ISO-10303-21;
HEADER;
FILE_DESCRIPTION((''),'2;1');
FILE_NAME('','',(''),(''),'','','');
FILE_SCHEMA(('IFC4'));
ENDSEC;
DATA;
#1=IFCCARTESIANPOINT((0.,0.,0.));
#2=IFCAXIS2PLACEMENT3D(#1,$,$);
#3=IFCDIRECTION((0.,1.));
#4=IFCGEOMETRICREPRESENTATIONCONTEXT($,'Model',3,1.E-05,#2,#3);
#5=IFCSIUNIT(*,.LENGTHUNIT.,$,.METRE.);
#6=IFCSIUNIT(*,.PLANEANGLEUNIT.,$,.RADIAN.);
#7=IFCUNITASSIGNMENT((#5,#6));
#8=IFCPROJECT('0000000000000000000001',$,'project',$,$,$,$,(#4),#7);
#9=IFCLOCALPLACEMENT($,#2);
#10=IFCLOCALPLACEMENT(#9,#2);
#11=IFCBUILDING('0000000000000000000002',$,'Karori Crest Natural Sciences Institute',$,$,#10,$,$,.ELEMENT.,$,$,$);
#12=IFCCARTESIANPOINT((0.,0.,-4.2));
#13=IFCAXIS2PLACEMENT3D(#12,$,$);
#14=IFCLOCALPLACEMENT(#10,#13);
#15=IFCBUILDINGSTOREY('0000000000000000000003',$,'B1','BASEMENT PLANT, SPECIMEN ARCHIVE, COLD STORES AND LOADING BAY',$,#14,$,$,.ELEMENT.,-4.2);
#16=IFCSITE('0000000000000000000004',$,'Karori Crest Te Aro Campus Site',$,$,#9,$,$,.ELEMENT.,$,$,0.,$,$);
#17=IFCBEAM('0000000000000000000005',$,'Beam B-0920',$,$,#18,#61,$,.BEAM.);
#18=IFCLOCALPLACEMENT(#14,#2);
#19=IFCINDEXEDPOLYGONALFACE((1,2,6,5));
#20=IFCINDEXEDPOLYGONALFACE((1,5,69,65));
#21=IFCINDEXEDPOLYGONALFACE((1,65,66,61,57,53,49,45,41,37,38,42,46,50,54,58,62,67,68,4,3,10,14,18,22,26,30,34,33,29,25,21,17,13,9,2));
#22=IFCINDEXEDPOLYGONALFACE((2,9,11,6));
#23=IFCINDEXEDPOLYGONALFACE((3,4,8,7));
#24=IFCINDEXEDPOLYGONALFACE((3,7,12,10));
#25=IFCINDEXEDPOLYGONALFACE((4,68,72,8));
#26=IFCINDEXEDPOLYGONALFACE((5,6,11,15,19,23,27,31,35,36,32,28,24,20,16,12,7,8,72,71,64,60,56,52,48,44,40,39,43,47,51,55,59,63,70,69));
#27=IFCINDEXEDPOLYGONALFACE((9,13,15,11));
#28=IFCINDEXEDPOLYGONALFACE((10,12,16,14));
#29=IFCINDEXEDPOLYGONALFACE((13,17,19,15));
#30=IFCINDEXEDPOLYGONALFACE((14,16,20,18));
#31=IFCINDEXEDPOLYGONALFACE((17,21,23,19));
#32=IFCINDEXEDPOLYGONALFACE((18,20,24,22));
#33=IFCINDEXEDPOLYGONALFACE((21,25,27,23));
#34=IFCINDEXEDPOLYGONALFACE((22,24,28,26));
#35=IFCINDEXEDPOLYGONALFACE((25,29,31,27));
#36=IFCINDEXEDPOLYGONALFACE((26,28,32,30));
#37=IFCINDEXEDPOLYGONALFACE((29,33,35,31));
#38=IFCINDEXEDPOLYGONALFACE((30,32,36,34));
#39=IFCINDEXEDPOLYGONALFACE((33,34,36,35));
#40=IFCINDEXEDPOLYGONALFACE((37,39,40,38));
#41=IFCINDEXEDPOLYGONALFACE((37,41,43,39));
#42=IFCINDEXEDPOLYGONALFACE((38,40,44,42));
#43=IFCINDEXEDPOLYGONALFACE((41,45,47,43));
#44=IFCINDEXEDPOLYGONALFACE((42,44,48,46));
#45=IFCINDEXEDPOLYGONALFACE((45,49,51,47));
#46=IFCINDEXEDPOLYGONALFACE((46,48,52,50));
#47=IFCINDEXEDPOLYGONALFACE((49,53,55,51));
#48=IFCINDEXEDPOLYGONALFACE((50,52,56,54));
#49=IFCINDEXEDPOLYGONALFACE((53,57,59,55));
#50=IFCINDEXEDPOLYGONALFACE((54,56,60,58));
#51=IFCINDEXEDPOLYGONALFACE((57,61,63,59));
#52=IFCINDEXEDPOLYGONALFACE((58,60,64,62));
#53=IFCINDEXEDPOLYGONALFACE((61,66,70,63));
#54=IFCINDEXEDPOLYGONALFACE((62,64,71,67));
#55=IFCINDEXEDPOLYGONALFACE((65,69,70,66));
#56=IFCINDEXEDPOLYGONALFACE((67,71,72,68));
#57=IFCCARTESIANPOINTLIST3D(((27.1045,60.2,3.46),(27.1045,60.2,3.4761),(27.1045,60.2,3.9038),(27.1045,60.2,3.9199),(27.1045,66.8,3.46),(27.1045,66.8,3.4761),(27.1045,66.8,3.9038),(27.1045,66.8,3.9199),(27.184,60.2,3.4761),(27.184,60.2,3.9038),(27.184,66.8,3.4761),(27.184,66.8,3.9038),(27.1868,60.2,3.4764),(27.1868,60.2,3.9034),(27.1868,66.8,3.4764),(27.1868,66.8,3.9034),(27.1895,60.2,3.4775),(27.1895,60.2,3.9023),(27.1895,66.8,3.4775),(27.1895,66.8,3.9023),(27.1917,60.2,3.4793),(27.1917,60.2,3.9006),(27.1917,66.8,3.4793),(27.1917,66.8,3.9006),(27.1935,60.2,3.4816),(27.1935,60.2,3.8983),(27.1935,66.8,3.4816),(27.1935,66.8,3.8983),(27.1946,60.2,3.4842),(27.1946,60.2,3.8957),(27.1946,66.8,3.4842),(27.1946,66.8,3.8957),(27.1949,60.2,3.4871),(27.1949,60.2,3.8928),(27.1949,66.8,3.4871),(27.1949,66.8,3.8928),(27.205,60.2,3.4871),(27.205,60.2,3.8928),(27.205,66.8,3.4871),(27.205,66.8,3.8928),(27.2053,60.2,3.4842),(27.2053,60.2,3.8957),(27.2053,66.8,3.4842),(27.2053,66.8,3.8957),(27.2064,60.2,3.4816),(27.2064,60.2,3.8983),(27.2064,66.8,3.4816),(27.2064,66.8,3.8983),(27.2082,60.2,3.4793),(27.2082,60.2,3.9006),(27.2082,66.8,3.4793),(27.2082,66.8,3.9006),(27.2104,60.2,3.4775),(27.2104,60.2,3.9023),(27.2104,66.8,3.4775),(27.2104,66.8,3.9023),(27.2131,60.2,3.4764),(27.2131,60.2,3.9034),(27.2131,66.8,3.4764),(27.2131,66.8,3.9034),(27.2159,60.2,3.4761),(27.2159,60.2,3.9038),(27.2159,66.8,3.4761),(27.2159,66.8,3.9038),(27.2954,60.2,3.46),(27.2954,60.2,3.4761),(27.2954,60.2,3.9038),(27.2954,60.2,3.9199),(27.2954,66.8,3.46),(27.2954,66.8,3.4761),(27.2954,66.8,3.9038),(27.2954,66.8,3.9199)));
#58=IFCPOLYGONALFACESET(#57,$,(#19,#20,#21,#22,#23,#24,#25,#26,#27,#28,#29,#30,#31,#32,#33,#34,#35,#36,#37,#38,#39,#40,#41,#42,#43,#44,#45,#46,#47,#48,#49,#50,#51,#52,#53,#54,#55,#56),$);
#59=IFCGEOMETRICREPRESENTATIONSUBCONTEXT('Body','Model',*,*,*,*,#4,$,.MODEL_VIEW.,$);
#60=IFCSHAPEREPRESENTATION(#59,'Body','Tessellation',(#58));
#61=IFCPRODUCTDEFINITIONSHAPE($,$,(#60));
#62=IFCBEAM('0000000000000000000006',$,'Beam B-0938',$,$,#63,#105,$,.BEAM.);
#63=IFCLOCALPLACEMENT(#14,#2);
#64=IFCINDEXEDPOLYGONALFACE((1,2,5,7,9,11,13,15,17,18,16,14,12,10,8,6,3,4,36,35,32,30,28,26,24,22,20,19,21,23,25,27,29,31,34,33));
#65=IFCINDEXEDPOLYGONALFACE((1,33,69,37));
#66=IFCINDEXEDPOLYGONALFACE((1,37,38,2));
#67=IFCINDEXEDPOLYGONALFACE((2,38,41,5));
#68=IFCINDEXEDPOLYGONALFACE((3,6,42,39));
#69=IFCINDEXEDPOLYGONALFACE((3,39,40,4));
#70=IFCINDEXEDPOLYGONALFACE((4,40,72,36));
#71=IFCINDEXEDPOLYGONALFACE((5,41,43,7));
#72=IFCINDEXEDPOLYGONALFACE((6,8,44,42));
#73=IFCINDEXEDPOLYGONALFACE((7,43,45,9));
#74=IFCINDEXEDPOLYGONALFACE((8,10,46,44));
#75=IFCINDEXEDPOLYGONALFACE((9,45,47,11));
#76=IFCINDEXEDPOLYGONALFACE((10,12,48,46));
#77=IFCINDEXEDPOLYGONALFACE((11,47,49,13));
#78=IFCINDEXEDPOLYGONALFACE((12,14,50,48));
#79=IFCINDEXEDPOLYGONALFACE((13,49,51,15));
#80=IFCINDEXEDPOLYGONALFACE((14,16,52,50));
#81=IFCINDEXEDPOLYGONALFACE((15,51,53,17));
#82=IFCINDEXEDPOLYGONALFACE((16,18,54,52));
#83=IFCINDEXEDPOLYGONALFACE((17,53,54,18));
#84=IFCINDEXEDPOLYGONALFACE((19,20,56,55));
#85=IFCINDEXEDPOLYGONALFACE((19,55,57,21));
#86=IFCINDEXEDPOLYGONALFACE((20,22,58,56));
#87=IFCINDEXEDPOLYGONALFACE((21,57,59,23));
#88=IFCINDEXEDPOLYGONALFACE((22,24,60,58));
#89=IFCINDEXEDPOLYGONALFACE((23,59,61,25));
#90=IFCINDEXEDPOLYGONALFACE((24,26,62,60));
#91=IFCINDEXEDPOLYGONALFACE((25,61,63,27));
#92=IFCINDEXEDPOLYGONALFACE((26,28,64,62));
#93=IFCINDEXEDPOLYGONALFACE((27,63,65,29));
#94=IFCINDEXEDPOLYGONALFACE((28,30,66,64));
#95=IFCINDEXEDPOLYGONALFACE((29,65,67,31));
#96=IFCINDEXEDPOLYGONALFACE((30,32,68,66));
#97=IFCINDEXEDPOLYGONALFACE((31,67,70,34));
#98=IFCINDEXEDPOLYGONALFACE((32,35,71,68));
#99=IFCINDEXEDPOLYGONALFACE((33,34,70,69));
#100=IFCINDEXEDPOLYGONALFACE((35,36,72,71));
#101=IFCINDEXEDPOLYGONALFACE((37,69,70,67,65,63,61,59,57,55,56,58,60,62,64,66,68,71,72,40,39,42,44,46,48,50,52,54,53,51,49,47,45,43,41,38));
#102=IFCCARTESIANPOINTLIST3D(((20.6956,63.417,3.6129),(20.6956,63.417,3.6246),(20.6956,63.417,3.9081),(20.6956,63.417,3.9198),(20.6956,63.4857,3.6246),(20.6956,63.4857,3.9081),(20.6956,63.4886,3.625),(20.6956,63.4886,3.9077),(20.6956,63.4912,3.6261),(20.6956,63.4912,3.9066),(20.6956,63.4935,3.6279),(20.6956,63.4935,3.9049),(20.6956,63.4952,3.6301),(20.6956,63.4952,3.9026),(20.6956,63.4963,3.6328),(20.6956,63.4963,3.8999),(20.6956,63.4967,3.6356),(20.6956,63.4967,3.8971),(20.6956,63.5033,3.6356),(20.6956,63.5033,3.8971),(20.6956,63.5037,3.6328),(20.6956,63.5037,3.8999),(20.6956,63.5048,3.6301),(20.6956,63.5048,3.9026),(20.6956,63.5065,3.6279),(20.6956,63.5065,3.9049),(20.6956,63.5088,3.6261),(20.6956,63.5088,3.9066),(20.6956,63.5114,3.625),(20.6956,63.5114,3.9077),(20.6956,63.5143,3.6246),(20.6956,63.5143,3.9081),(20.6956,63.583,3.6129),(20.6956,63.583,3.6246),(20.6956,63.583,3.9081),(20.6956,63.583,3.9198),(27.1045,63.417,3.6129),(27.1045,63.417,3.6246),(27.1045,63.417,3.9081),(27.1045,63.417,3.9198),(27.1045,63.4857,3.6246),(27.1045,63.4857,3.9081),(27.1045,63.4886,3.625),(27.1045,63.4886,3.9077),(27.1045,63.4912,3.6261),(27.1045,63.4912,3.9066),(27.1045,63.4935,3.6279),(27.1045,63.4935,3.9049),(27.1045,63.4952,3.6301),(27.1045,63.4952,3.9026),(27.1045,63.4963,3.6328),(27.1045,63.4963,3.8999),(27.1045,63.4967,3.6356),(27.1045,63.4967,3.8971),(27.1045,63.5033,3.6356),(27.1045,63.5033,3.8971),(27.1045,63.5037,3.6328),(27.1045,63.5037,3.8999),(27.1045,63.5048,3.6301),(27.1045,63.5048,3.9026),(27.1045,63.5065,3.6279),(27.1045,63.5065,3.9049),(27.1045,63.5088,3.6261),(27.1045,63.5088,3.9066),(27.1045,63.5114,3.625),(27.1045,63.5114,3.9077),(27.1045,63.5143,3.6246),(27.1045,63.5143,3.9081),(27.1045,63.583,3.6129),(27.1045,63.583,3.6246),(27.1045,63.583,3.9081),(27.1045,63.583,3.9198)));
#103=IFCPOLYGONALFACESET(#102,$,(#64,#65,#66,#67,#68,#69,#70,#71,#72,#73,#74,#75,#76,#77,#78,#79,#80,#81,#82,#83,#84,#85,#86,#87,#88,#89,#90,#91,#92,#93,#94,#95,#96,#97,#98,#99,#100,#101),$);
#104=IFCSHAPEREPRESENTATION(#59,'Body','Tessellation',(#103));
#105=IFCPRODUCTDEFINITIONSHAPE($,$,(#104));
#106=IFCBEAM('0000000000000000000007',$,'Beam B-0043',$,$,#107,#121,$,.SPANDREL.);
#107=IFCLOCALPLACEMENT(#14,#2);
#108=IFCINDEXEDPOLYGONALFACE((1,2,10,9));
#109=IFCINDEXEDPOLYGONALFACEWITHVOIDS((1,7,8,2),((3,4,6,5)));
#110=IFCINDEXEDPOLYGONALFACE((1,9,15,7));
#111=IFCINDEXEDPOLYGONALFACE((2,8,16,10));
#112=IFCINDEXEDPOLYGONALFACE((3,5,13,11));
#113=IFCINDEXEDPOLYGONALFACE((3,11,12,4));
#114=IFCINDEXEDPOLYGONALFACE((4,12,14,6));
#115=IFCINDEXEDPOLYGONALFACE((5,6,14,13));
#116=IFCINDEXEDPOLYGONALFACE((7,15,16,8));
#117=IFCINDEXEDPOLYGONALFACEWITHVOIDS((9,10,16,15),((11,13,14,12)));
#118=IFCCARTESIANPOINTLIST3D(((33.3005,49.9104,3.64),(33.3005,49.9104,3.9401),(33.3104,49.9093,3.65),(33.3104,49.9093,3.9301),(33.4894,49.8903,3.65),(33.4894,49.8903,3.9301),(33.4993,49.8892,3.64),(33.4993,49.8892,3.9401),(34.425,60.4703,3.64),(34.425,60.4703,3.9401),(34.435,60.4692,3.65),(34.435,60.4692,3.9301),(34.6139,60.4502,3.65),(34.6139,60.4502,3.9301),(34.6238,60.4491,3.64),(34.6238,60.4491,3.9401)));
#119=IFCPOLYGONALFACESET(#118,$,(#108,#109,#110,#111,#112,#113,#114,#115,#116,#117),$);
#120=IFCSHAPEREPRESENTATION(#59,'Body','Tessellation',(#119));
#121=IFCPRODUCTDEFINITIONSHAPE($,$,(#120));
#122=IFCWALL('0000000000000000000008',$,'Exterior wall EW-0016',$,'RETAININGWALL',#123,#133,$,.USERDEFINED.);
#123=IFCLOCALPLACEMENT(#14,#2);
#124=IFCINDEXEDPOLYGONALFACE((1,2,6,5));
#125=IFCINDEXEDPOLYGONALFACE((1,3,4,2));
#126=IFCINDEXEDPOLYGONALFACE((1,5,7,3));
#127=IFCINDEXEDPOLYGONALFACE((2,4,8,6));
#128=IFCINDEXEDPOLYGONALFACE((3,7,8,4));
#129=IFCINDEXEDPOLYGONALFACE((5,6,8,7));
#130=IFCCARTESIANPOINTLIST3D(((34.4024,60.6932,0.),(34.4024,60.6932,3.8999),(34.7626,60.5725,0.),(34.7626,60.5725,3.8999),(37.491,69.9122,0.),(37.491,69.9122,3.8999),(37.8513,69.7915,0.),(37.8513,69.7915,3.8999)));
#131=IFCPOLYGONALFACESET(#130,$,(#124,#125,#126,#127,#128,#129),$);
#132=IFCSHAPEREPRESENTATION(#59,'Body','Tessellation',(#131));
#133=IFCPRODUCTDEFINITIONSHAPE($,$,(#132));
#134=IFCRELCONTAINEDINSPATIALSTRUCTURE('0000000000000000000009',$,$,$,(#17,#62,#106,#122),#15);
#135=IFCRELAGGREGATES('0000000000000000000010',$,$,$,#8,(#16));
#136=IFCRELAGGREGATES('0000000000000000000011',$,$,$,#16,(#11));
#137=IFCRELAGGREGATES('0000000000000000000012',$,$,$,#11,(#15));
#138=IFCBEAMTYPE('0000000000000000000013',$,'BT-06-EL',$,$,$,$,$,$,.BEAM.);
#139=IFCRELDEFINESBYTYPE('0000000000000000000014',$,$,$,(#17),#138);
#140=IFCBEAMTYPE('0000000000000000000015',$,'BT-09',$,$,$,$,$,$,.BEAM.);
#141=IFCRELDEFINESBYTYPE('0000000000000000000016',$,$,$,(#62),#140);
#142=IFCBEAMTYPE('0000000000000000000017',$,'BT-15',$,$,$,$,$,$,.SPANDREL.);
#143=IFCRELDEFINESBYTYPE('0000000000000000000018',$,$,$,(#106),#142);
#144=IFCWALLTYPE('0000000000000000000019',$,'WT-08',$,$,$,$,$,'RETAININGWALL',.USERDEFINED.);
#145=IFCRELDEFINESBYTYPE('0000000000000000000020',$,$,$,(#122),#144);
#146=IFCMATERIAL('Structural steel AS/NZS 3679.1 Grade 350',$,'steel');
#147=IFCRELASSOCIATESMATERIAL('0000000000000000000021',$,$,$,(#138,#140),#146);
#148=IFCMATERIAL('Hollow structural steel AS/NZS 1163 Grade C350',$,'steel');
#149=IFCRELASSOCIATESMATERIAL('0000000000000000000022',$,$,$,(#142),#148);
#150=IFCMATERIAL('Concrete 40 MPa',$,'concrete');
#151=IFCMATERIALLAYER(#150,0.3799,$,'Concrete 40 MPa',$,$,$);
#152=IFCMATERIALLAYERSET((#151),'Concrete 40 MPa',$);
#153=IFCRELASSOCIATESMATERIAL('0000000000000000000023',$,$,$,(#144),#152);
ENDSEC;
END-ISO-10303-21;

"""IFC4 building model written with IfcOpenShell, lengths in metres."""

from ifc_helpers import new_model, si_unit, direction, frame, frame_2d, origin, origin_2d, place, context, subcontext, project, spatial, rectangle, hollow_rectangle, i_section, extrude, material, layer, layer_set, material_profile, profile_set, type_object, element, save


model = new_model("IFC4")

# Units and contexts
model_context = context("Model", 3, precision=1e-05, world=origin(), true_north=direction((0.0, 1.0)))
body_context = subcontext(model_context, "Body", "Model", "MODEL_VIEW")
ifc_project = project(units=[si_unit("LENGTHUNIT", "METRE"), si_unit("PLANEANGLEUNIT", "RADIAN")], contexts=[model_context])

# Site, building, storey
site_placement = place(None, origin())
site = spatial("IfcSite", under=ifc_project, at=site_placement, Name="Karori Crest Te Aro Campus Site", CompositionType="ELEMENT", RefElevation=0.0)
building_placement = place(site_placement, origin())
building = spatial("IfcBuilding", under=site, at=building_placement, Name="Karori Crest Natural Sciences Institute", CompositionType="ELEMENT")
storey_placement = place(building_placement, frame((0.0, 0.0, -4.2)))
storey = spatial("IfcBuildingStorey", under=building, at=storey_placement, Name="B1", Description="BASEMENT PLANT, SPECIMEN ARCHIVE, COLD STORES AND LOADING BAY", CompositionType="ELEMENT", Elevation=-4.2)

# Shared definitions
ifc_material_1 = material(Name="Concrete 40 MPa", Category="concrete")

# Shared definitions
ifc_material_2 = material(Name="Structural steel AS/NZS 3679.1 Grade 350", Category="steel")

# Beams
ifc_material_profile_1 = material_profile(ifc_material_2, i_section(OverallWidth=0.1909, OverallDepth=0.46, WebThickness=0.01, FlangeThickness=0.0161, FilletRadius=0.011, at=origin_2d()), Name="460UB82.1")
ifc_profile_set_1 = profile_set([ifc_material_profile_1], Name="Structural steel AS/NZS 3679.1 Grade 350")
beam_type_1 = type_object("IfcBeamType", Name="BT-06-EL", PredefinedType="BEAM", material=ifc_profile_set_1)
beam_1_placement = place(storey_placement, frame((27.2, 60.2, 3.6899), z_axis=(0.0, 1.0, 0.0), x_axis=(-1.0, 0.0, 0.0)))
element("IfcBeam", 1, at=beam_1_placement, inside=storey, type_object=beam_type_1, Name="Beam B-0920", PredefinedType="BEAM", context=body_context, shape_type="SweptSolid", body=[
    extrude(i_section(OverallWidth=0.1909, OverallDepth=0.46, WebThickness=0.01, FlangeThickness=0.0161, FilletRadius=0.011, at=origin_2d()), origin(), (0.0, 0.0, 1.0), 6.6001),
])
ifc_material_profile_2 = material_profile(ifc_material_2, i_section(OverallWidth=0.166, OverallDepth=0.3069, WebThickness=0.0066, FlangeThickness=0.0117, FilletRadius=0.011, at=origin_2d()), Name="310UB46.2")
ifc_profile_set_2 = profile_set([ifc_material_profile_2], Name="Structural steel AS/NZS 3679.1 Grade 350")
beam_type_2 = type_object("IfcBeamType", Name="BT-09", PredefinedType="BEAM", material=ifc_profile_set_2)
beam_2_placement = place(storey_placement, frame((20.6956, 63.5, 3.7664), z_axis=(1.0, 0.0, 0.0), x_axis=(0.0, 1.0, 0.0)))
element("IfcBeam", 2, at=beam_2_placement, inside=storey, type_object=beam_type_2, Name="Beam B-0938", PredefinedType="BEAM", context=body_context, shape_type="SweptSolid", body=[
    extrude(i_section(OverallWidth=0.166, OverallDepth=0.3069, WebThickness=0.0066, FlangeThickness=0.0117, FilletRadius=0.011, at=origin_2d()), origin(), (0.0, 0.0, 1.0), 6.4089),
])
ifc_material_3 = material(Name="Hollow structural steel AS/NZS 1163 Grade C350", Category="steel")
ifc_material_profile_3 = material_profile(ifc_material_3, hollow_rectangle(XDim=0.2, YDim=0.3, WallThickness=0.01, at=origin_2d()), Name="RHS300x200x10")
ifc_profile_set_3 = profile_set([ifc_material_profile_3], Name="Hollow structural steel AS/NZS 1163 Grade C350")
beam_type_3 = type_object("IfcBeamType", Name="BT-15", PredefinedType="SPANDREL", material=ifc_profile_set_3)
beam_3_placement = place(storey_placement, frame((34.5244, 60.4597, 3.79), z_axis=(-0.105891, -0.994378, 0.0), x_axis=(0.994378, -0.105891, 0.0)))
element("IfcBeam", 3, at=beam_3_placement, inside=storey, type_object=beam_type_3, Name="Beam B-0043", PredefinedType="SPANDREL", context=body_context, shape_type="SweptSolid", body=[
    extrude(hollow_rectangle(XDim=0.2, YDim=0.3, WallThickness=0.01, at=origin_2d()), origin(), (0.0, 0.0, 1.0), 10.6196),
])

# Wall
ifc_layer = layer(ifc_material_1, 0.3799, Name="Concrete 40 MPa")
ifc_layer_set = layer_set([ifc_layer], Name="Concrete 40 MPa")
wall_type = type_object("IfcWallType", Name="WT-08", ElementType="RETAININGWALL", PredefinedType="USERDEFINED", material=ifc_layer_set)
wall_placement = place(storey_placement, frame((34.5825, 60.6328, 0.0), z_axis=(0.0, 0.0, 1.0), x_axis=(0.317674, 0.9482, 0.0)))
element("IfcWall", 4, at=wall_placement, inside=storey, type_object=wall_type, Name="Exterior wall EW-0016", ObjectType="RETAININGWALL", PredefinedType="USERDEFINED", context=body_context, shape_type="SweptSolid", body=[
    extrude(rectangle(XDim=9.7227, YDim=0.3799, at=frame_2d((4.8613, 0.0))), origin(), (0.0, 0.0, 1.0), 3.8999),
])

save(model, "model.ifc")
